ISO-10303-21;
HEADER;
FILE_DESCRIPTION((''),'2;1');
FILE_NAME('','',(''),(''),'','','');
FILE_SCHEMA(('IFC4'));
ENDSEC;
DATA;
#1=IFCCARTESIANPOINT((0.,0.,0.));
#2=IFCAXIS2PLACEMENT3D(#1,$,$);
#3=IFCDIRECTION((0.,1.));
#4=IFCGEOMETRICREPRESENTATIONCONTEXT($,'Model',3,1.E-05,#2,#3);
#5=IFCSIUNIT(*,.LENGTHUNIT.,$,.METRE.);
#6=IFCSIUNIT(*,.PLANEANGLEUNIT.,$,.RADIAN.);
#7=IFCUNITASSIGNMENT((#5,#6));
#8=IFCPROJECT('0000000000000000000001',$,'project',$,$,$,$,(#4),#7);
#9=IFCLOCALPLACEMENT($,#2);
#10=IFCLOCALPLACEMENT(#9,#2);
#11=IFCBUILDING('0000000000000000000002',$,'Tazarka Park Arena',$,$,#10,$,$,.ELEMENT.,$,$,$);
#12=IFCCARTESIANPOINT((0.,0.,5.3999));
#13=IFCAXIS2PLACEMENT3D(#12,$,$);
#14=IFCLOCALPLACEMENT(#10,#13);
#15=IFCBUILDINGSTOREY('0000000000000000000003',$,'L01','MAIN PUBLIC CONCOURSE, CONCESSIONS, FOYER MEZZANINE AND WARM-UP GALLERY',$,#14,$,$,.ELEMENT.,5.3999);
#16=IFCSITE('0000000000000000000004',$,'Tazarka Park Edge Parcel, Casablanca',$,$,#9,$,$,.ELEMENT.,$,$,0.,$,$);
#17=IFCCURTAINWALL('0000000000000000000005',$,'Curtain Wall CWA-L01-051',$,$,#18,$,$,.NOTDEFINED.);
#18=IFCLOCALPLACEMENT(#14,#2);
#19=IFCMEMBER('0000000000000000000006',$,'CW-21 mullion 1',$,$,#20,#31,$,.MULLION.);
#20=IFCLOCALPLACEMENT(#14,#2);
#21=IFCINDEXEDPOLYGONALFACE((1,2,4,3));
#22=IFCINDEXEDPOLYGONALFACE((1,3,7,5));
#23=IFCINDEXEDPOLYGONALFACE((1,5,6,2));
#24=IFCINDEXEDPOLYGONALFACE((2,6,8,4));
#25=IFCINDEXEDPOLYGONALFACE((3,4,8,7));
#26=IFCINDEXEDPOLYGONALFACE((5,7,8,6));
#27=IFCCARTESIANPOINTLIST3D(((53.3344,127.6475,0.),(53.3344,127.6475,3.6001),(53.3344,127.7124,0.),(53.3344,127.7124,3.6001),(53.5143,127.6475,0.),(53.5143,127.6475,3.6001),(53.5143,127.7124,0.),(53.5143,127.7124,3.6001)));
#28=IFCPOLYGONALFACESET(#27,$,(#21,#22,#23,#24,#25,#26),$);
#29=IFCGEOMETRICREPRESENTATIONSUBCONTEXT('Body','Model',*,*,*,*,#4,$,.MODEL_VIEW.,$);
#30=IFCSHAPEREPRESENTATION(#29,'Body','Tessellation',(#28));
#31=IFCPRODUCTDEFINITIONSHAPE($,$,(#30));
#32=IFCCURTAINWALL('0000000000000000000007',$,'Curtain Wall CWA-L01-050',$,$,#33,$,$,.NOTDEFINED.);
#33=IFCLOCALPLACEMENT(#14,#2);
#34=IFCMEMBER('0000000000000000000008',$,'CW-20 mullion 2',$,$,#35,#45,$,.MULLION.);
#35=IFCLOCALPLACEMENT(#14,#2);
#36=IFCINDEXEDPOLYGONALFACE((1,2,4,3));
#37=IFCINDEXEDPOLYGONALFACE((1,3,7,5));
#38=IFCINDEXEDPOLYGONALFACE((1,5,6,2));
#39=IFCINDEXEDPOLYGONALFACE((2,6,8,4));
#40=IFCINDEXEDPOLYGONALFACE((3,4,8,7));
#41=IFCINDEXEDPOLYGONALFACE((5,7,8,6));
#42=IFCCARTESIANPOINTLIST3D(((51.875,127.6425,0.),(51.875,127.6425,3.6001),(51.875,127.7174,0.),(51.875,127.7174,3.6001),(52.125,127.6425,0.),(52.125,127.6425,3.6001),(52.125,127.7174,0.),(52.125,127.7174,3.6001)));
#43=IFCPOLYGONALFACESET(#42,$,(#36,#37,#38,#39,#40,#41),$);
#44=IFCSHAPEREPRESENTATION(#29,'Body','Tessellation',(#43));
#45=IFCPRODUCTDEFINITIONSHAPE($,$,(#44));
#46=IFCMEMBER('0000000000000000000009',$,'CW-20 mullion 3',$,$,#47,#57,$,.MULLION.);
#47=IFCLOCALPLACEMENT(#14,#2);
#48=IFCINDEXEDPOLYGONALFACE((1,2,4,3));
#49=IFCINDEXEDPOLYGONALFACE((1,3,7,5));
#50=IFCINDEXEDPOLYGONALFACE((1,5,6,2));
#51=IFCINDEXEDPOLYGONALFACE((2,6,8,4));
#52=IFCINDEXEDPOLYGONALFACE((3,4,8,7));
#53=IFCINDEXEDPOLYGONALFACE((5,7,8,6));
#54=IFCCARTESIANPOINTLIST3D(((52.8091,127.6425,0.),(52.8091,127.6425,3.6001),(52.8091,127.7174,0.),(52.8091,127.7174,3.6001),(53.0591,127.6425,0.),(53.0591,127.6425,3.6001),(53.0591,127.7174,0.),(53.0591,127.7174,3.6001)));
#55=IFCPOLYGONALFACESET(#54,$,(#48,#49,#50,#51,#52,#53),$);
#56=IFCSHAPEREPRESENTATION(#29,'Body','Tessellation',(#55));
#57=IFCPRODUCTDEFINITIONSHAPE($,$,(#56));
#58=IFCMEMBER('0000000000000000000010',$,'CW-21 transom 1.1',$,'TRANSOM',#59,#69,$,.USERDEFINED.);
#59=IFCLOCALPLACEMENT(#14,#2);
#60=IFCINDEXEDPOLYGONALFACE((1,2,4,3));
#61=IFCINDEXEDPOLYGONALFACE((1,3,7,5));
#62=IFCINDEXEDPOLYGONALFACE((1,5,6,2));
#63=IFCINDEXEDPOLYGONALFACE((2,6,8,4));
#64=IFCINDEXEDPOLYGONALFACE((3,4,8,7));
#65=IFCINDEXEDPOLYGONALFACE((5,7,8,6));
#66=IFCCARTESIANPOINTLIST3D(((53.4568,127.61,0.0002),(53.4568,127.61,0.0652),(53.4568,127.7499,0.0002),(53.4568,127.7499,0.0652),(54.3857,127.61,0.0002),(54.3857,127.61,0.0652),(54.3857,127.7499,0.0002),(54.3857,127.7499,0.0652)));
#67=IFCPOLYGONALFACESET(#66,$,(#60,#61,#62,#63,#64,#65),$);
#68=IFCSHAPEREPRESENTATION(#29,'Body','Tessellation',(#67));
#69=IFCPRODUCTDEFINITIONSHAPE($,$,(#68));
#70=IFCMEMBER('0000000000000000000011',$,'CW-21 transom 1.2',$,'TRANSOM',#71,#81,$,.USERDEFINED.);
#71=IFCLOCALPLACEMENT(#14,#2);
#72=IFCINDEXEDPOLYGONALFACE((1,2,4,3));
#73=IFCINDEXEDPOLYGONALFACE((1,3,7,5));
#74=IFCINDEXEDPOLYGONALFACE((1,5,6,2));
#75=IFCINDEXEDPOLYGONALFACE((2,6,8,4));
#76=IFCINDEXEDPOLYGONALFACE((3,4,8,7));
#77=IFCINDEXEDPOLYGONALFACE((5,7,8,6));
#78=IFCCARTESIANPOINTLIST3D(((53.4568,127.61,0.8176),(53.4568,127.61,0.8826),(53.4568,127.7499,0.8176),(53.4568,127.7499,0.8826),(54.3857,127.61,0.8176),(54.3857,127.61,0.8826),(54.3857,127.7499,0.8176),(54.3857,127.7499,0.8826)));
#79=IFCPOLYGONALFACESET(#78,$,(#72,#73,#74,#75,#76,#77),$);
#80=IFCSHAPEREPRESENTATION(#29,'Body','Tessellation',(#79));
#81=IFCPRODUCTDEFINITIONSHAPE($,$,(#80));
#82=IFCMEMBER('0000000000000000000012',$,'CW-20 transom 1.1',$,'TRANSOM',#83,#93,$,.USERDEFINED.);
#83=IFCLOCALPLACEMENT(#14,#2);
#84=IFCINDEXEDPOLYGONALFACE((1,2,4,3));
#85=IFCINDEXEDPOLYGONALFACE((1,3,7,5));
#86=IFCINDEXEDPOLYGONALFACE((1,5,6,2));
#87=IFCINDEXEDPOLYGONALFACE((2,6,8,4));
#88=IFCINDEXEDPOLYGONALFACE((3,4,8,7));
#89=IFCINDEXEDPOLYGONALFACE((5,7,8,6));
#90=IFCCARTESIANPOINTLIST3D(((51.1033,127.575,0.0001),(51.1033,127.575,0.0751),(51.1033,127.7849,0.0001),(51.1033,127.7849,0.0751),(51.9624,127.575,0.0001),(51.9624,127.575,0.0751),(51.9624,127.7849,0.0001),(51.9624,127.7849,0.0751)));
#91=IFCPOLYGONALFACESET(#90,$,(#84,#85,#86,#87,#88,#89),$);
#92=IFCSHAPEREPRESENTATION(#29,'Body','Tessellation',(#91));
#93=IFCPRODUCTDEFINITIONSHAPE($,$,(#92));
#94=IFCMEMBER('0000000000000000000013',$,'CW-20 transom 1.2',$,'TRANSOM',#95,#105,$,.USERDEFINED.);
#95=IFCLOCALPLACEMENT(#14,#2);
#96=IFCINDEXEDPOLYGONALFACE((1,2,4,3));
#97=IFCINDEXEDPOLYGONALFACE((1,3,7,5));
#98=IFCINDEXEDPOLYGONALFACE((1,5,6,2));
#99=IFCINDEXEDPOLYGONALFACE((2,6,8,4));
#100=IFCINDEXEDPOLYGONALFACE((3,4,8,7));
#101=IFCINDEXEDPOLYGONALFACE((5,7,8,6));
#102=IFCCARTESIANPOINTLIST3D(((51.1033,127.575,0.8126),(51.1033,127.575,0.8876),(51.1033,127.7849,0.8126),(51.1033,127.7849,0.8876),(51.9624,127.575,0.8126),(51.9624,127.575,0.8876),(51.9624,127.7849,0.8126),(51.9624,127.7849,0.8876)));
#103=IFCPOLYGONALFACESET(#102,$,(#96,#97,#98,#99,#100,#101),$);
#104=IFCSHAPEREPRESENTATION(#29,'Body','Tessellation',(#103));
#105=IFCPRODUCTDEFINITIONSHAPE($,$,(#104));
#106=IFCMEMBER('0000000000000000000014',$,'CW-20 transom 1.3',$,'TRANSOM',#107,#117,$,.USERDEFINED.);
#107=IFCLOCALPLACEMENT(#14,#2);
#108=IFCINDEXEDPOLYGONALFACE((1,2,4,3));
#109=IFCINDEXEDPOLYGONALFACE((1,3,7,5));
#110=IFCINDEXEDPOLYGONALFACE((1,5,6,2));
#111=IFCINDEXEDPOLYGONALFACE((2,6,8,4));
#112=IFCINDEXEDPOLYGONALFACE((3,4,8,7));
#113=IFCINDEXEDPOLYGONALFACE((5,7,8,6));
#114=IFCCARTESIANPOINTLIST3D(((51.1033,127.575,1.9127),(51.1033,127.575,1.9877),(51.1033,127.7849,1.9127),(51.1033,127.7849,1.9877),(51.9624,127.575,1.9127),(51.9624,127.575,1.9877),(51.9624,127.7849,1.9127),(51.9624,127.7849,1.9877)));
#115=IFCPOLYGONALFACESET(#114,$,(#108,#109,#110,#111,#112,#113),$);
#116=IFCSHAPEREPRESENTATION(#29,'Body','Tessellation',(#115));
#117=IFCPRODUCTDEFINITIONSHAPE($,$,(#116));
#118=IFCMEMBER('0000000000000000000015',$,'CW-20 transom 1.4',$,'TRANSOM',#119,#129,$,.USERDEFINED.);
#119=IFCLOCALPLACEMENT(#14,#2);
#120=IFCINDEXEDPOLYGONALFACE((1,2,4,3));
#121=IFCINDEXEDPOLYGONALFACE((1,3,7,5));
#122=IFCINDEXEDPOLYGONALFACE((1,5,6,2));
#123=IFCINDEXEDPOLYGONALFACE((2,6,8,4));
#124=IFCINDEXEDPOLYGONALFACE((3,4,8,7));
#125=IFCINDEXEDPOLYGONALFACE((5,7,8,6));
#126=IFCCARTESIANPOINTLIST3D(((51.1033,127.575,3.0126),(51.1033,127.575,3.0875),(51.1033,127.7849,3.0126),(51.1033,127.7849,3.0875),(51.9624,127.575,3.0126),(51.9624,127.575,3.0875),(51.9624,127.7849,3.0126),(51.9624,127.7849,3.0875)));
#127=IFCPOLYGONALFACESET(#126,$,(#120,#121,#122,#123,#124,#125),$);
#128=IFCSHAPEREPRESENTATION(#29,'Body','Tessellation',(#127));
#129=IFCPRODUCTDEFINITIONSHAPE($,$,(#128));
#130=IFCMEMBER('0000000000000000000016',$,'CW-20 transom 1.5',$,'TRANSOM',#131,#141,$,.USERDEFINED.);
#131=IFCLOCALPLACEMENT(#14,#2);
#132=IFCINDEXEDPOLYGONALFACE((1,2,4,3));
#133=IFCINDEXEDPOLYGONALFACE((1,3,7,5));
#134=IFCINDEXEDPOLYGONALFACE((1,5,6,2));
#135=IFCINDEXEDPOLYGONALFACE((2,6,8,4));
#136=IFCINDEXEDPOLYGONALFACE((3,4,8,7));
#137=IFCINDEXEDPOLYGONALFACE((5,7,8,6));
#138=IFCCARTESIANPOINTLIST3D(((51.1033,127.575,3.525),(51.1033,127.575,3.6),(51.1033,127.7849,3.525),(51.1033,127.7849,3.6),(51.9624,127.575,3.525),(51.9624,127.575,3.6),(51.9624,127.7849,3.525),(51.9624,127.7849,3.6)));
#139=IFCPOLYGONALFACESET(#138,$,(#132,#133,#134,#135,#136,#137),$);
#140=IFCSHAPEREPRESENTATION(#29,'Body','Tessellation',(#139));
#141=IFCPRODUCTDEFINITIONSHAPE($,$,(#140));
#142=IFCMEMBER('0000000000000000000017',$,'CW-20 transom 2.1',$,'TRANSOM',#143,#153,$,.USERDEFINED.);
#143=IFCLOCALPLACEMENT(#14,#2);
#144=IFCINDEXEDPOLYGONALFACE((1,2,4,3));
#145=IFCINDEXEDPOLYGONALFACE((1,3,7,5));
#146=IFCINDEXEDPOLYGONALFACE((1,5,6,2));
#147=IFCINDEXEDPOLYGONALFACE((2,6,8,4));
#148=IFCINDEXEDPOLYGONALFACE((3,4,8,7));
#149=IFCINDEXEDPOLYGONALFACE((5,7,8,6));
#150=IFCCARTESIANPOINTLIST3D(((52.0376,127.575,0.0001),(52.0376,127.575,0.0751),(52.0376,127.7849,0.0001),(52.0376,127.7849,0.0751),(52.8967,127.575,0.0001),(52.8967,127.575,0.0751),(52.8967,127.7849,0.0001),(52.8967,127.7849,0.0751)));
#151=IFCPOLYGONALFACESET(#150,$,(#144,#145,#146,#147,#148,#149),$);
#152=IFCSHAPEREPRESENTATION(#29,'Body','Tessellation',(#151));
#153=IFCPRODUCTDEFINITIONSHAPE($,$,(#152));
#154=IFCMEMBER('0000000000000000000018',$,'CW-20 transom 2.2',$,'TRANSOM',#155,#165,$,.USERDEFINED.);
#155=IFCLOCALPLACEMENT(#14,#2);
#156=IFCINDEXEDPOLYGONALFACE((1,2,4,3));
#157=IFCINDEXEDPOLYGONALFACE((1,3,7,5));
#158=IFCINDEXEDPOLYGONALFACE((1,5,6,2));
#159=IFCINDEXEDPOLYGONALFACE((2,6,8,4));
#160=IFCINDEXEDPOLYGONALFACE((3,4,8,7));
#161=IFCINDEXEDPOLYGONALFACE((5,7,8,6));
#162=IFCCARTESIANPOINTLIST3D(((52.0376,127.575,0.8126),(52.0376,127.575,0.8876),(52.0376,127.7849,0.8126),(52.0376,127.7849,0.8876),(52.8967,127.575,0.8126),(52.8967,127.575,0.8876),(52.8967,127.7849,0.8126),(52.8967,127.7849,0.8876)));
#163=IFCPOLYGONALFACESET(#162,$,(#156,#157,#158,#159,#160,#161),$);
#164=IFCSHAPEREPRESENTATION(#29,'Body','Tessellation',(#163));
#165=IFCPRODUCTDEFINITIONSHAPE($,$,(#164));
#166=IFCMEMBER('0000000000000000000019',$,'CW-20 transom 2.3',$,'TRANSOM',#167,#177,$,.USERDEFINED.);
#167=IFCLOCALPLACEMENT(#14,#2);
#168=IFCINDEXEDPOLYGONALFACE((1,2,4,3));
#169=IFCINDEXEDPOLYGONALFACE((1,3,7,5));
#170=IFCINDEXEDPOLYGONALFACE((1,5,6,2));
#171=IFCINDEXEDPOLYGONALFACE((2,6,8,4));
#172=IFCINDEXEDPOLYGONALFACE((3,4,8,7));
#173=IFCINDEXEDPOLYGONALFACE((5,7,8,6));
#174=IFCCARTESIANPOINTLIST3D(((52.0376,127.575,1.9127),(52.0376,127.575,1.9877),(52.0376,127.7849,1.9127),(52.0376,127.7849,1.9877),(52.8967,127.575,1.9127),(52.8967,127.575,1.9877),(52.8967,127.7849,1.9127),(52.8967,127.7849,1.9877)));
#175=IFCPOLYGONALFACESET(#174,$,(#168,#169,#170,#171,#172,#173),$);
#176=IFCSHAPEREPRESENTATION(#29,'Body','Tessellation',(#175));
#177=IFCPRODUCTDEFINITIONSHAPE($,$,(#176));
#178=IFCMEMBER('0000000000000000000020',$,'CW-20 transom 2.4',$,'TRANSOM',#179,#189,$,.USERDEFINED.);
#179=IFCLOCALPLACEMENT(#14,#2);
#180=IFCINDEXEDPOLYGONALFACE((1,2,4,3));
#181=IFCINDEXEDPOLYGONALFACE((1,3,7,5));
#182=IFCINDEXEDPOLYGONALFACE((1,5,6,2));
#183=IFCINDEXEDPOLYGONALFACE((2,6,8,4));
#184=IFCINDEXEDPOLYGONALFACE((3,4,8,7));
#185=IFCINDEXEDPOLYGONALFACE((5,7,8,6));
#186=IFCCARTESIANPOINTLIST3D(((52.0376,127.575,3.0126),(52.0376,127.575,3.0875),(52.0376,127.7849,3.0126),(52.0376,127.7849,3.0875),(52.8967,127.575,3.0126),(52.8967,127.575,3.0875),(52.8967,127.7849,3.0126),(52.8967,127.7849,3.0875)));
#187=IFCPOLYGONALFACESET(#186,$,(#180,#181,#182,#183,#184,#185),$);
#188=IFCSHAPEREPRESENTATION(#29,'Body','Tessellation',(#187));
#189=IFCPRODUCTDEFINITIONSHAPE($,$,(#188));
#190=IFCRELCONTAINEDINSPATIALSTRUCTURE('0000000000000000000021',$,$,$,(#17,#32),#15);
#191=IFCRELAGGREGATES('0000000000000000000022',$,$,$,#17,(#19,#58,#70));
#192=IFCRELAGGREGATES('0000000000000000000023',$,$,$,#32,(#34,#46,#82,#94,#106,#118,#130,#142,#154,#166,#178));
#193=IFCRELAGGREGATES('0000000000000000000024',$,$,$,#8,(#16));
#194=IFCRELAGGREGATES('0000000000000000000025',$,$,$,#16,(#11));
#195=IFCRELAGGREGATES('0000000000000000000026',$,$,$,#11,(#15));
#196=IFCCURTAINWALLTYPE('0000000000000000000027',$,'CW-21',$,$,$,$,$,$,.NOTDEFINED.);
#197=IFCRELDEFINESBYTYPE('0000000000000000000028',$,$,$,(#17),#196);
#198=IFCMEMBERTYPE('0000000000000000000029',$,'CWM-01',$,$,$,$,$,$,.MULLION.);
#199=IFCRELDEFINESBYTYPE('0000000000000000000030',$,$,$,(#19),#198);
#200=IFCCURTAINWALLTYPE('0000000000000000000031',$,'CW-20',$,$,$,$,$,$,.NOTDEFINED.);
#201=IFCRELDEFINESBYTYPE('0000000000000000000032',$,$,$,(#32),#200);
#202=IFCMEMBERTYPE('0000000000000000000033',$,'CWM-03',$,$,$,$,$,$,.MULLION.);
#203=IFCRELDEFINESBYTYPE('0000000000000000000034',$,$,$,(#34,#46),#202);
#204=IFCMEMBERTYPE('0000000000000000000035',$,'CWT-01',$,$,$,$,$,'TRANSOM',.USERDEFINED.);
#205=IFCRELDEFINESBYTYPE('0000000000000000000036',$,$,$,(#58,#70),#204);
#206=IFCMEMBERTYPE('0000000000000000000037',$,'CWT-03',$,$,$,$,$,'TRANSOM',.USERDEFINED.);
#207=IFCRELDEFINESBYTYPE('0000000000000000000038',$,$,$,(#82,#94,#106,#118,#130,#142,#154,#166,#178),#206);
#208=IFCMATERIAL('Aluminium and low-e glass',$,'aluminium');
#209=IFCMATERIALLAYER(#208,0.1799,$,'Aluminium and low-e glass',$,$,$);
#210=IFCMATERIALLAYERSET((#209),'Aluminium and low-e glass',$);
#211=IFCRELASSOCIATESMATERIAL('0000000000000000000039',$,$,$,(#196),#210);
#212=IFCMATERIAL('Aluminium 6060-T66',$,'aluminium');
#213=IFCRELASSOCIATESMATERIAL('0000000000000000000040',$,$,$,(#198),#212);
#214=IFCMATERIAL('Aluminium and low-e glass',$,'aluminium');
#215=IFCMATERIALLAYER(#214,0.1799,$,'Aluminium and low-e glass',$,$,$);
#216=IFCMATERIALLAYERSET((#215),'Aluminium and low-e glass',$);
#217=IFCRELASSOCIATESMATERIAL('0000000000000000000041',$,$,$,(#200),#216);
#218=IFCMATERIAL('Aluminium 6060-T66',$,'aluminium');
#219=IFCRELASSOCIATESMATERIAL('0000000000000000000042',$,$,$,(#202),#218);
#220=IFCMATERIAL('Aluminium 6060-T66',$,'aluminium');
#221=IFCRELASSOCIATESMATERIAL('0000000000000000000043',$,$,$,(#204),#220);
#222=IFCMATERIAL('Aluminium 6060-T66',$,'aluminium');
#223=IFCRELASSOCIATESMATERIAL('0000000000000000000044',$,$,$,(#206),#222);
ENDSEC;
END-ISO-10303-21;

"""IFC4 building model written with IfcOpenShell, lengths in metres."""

from ifc_helpers import new_model, si_unit, direction, frame, origin, origin_2d, place, context, subcontext, project, spatial, rectangle, extrude, material, layer, layer_set, material_profile, profile_set, type_object, element, aggregate, save


model = new_model("IFC4")

# Units and contexts
model_context = context("Model", 3, precision=1e-05, world=origin(), true_north=direction((0.0, 1.0)))
body_context = subcontext(model_context, "Body", "Model", "MODEL_VIEW")
ifc_project = project(units=[si_unit("LENGTHUNIT", "METRE"), si_unit("PLANEANGLEUNIT", "RADIAN")], contexts=[model_context])

# Site, building, storey
site_placement = place(None, origin())
site = spatial("IfcSite", under=ifc_project, at=site_placement, Name="Tazarka Park Edge Parcel, Casablanca", CompositionType="ELEMENT", RefElevation=0.0)
building_placement = place(site_placement, origin())
building = spatial("IfcBuilding", under=site, at=building_placement, Name="Tazarka Park Arena", CompositionType="ELEMENT")
storey_placement = place(building_placement, frame((0.0, 0.0, 5.3999)))
storey = spatial("IfcBuildingStorey", under=building, at=storey_placement, Name="L01", Description="MAIN PUBLIC CONCOURSE, CONCESSIONS, FOYER MEZZANINE AND WARM-UP GALLERY", CompositionType="ELEMENT", Elevation=5.3999)

# Curtain wall, member
ifc_material_1 = material(Name="Aluminium and low-e glass", Category="aluminium")
ifc_layer_1 = layer(ifc_material_1, 0.1799, Name="Aluminium and low-e glass")
ifc_layer_set_1 = layer_set([ifc_layer_1], Name="Aluminium and low-e glass")
curtain_wall_type_1 = type_object("IfcCurtainWallType", Name="CW-21", PredefinedType="NOTDEFINED", material=ifc_layer_set_1)
curtain_wall_1_placement = place(storey_placement, origin())
curtain_wall_1 = element("IfcCurtainWall", 1, at=curtain_wall_1_placement, inside=storey, type_object=curtain_wall_type_1, Name="Curtain Wall CWA-L01-051", PredefinedType="NOTDEFINED")
ifc_material_2 = material(Name="Aluminium 6060-T66", Category="aluminium")
ifc_material_profile_1 = material_profile(ifc_material_2, rectangle(XDim=0.0649, YDim=0.1799, at=origin_2d()), Name="Aluminium 6060-T66")
ifc_profile_set_1 = profile_set([ifc_material_profile_1], Name="Aluminium 6060-T66")
member_type_1 = type_object("IfcMemberType", Name="CWM-01", PredefinedType="MULLION", material=ifc_profile_set_1)
member_1_placement = place(storey_placement, frame((53.4243, 127.6799, 0.0), z_axis=(0.0, 0.0, 1.0), x_axis=(0.0, 1.0, 0.0)))
member_1 = element("IfcMember", 2, at=member_1_placement, type_object=member_type_1, Name="CW-21 mullion 1", PredefinedType="MULLION", context=body_context, shape_type="SweptSolid", body=[
    extrude(rectangle(XDim=0.0649, YDim=0.1799, at=origin_2d()), origin(), (0.0, 0.0, 1.0), 3.6001),
])

# Curtain wall, members
ifc_material_3 = material(Name="Aluminium and low-e glass", Category="aluminium")
ifc_layer_2 = layer(ifc_material_3, 0.1799, Name="Aluminium and low-e glass")
ifc_layer_set_2 = layer_set([ifc_layer_2], Name="Aluminium and low-e glass")
curtain_wall_type_2 = type_object("IfcCurtainWallType", Name="CW-20", PredefinedType="NOTDEFINED", material=ifc_layer_set_2)
curtain_wall_2_placement = place(storey_placement, origin())
curtain_wall_2 = element("IfcCurtainWall", 3, at=curtain_wall_2_placement, inside=storey, type_object=curtain_wall_type_2, Name="Curtain Wall CWA-L01-050", PredefinedType="NOTDEFINED")
ifc_material_4 = material(Name="Aluminium 6060-T66", Category="aluminium")
ifc_material_profile_2 = material_profile(ifc_material_4, rectangle(XDim=0.075, YDim=0.25, at=origin_2d()), Name="Aluminium 6060-T66")
ifc_profile_set_2 = profile_set([ifc_material_profile_2], Name="Aluminium 6060-T66")
member_type_2 = type_object("IfcMemberType", Name="CWM-03", PredefinedType="MULLION", material=ifc_profile_set_2)
member_2_placement = place(storey_placement, frame((52.0, 127.6799, 0.0), z_axis=(0.0, 0.0, 1.0), x_axis=(0.0, 1.0, 0.0)))
member_2 = element("IfcMember", 4, at=member_2_placement, type_object=member_type_2, Name="CW-20 mullion 2", PredefinedType="MULLION", context=body_context, shape_type="SweptSolid", body=[
    extrude(rectangle(XDim=0.075, YDim=0.25, at=origin_2d()), origin(), (0.0, 0.0, 1.0), 3.6001),
])
member_3_placement = place(storey_placement, frame((52.9341, 127.6799, 0.0), z_axis=(0.0, 0.0, 1.0), x_axis=(0.0, 1.0, 0.0)))
member_3 = element("IfcMember", 5, at=member_3_placement, type_object=member_type_2, Name="CW-20 mullion 3", PredefinedType="MULLION", context=body_context, shape_type="SweptSolid", body=[
    extrude(rectangle(XDim=0.075, YDim=0.25, at=origin_2d()), origin(), (0.0, 0.0, 1.0), 3.6001),
])

# Members
ifc_material_5 = material(Name="Aluminium 6060-T66", Category="aluminium")
ifc_material_profile_3 = material_profile(ifc_material_5, rectangle(XDim=0.1399, YDim=0.0649, at=origin_2d()), Name="Aluminium 6060-T66")
ifc_profile_set_3 = profile_set([ifc_material_profile_3], Name="Aluminium 6060-T66")
member_type_3 = type_object("IfcMemberType", Name="CWT-01", ElementType="TRANSOM", PredefinedType="USERDEFINED", material=ifc_profile_set_3)
member_4_placement = place(storey_placement, frame((53.4568, 127.6799, 0.0327), z_axis=(1.0, 0.0, 0.0), x_axis=(0.0, 1.0, 0.0)))
member_4 = element("IfcMember", 6, at=member_4_placement, type_object=member_type_3, Name="CW-21 transom 1.1", ObjectType="TRANSOM", PredefinedType="USERDEFINED", context=body_context, shape_type="SweptSolid", body=[
    extrude(rectangle(XDim=0.1399, YDim=0.0649, at=origin_2d()), origin(), (0.0, 0.0, 1.0), 0.929),
])
member_5_placement = place(storey_placement, frame((53.4568, 127.6799, 0.8501), z_axis=(1.0, 0.0, 0.0), x_axis=(0.0, 1.0, 0.0)))
member_5 = element("IfcMember", 7, at=member_5_placement, type_object=member_type_3, Name="CW-21 transom 1.2", ObjectType="TRANSOM", PredefinedType="USERDEFINED", context=body_context, shape_type="SweptSolid", body=[
    extrude(rectangle(XDim=0.1399, YDim=0.0649, at=origin_2d()), origin(), (0.0, 0.0, 1.0), 0.929),
])
aggregate(curtain_wall_1, [member_1, member_4, member_5])
ifc_material_6 = material(Name="Aluminium 6060-T66", Category="aluminium")
ifc_material_profile_4 = material_profile(ifc_material_6, rectangle(XDim=0.21, YDim=0.075, at=origin_2d()), Name="Aluminium 6060-T66")
ifc_profile_set_4 = profile_set([ifc_material_profile_4], Name="Aluminium 6060-T66")
member_type_4 = type_object("IfcMemberType", Name="CWT-03", ElementType="TRANSOM", PredefinedType="USERDEFINED", material=ifc_profile_set_4)
member_6_placement = place(storey_placement, frame((51.1033, 127.6799, 0.0376), z_axis=(1.0, 0.0, 0.0), x_axis=(0.0, 1.0, 0.0)))
member_6 = element("IfcMember", 8, at=member_6_placement, type_object=member_type_4, Name="CW-20 transom 1.1", ObjectType="TRANSOM", PredefinedType="USERDEFINED", context=body_context, shape_type="SweptSolid", body=[
    extrude(rectangle(XDim=0.21, YDim=0.075, at=origin_2d()), origin(), (0.0, 0.0, 1.0), 0.8591),
])
member_7_placement = place(storey_placement, frame((51.1033, 127.6799, 0.8501), z_axis=(1.0, 0.0, 0.0), x_axis=(0.0, 1.0, 0.0)))
member_7 = element("IfcMember", 9, at=member_7_placement, type_object=member_type_4, Name="CW-20 transom 1.2", ObjectType="TRANSOM", PredefinedType="USERDEFINED", context=body_context, shape_type="SweptSolid", body=[
    extrude(rectangle(XDim=0.21, YDim=0.075, at=origin_2d()), origin(), (0.0, 0.0, 1.0), 0.8591),
])
member_8_placement = place(storey_placement, frame((51.1033, 127.6799, 1.9502), z_axis=(1.0, 0.0, 0.0), x_axis=(0.0, 1.0, 0.0)))
member_8 = element("IfcMember", 10, at=member_8_placement, type_object=member_type_4, Name="CW-20 transom 1.3", ObjectType="TRANSOM", PredefinedType="USERDEFINED", context=body_context, shape_type="SweptSolid", body=[
    extrude(rectangle(XDim=0.21, YDim=0.075, at=origin_2d()), origin(), (0.0, 0.0, 1.0), 0.8591),
])
member_9_placement = place(storey_placement, frame((51.1033, 127.6799, 3.05), z_axis=(1.0, 0.0, 0.0), x_axis=(0.0, 1.0, 0.0)))
member_9 = element("IfcMember", 11, at=member_9_placement, type_object=member_type_4, Name="CW-20 transom 1.4", ObjectType="TRANSOM", PredefinedType="USERDEFINED", context=body_context, shape_type="SweptSolid", body=[
    extrude(rectangle(XDim=0.21, YDim=0.075, at=origin_2d()), origin(), (0.0, 0.0, 1.0), 0.8591),
])
member_10_placement = place(storey_placement, frame((51.1033, 127.6799, 3.5625), z_axis=(1.0, 0.0, 0.0), x_axis=(0.0, 1.0, 0.0)))
member_10 = element("IfcMember", 12, at=member_10_placement, type_object=member_type_4, Name="CW-20 transom 1.5", ObjectType="TRANSOM", PredefinedType="USERDEFINED", context=body_context, shape_type="SweptSolid", body=[
    extrude(rectangle(XDim=0.21, YDim=0.075, at=origin_2d()), origin(), (0.0, 0.0, 1.0), 0.8591),
])
member_11_placement = place(storey_placement, frame((52.0376, 127.6799, 0.0376), z_axis=(1.0, 0.0, 0.0), x_axis=(0.0, 1.0, 0.0)))
member_11 = element("IfcMember", 13, at=member_11_placement, type_object=member_type_4, Name="CW-20 transom 2.1", ObjectType="TRANSOM", PredefinedType="USERDEFINED", context=body_context, shape_type="SweptSolid", body=[
    extrude(rectangle(XDim=0.21, YDim=0.075, at=origin_2d()), origin(), (0.0, 0.0, 1.0), 0.8591),
])
member_12_placement = place(storey_placement, frame((52.0376, 127.6799, 0.8501), z_axis=(1.0, 0.0, 0.0), x_axis=(0.0, 1.0, 0.0)))
member_12 = element("IfcMember", 14, at=member_12_placement, type_object=member_type_4, Name="CW-20 transom 2.2", ObjectType="TRANSOM", PredefinedType="USERDEFINED", context=body_context, shape_type="SweptSolid", body=[
    extrude(rectangle(XDim=0.21, YDim=0.075, at=origin_2d()), origin(), (0.0, 0.0, 1.0), 0.8591),
])
member_13_placement = place(storey_placement, frame((52.0376, 127.6799, 1.9502), z_axis=(1.0, 0.0, 0.0), x_axis=(0.0, 1.0, 0.0)))
member_13 = element("IfcMember", 15, at=member_13_placement, type_object=member_type_4, Name="CW-20 transom 2.3", ObjectType="TRANSOM", PredefinedType="USERDEFINED", context=body_context, shape_type="SweptSolid", body=[
    extrude(rectangle(XDim=0.21, YDim=0.075, at=origin_2d()), origin(), (0.0, 0.0, 1.0), 0.8591),
])
member_14_placement = place(storey_placement, frame((52.0376, 127.6799, 3.05), z_axis=(1.0, 0.0, 0.0), x_axis=(0.0, 1.0, 0.0)))
member_14 = element("IfcMember", 16, at=member_14_placement, type_object=member_type_4, Name="CW-20 transom 2.4", ObjectType="TRANSOM", PredefinedType="USERDEFINED", context=body_context, shape_type="SweptSolid", body=[
    extrude(rectangle(XDim=0.21, YDim=0.075, at=origin_2d()), origin(), (0.0, 0.0, 1.0), 0.8591),
])

aggregate(curtain_wall_2, [member_2, member_3, member_6, member_7, member_8, member_9, member_10, member_11, member_12, member_13, member_14])

save(model, "model.ifc")
